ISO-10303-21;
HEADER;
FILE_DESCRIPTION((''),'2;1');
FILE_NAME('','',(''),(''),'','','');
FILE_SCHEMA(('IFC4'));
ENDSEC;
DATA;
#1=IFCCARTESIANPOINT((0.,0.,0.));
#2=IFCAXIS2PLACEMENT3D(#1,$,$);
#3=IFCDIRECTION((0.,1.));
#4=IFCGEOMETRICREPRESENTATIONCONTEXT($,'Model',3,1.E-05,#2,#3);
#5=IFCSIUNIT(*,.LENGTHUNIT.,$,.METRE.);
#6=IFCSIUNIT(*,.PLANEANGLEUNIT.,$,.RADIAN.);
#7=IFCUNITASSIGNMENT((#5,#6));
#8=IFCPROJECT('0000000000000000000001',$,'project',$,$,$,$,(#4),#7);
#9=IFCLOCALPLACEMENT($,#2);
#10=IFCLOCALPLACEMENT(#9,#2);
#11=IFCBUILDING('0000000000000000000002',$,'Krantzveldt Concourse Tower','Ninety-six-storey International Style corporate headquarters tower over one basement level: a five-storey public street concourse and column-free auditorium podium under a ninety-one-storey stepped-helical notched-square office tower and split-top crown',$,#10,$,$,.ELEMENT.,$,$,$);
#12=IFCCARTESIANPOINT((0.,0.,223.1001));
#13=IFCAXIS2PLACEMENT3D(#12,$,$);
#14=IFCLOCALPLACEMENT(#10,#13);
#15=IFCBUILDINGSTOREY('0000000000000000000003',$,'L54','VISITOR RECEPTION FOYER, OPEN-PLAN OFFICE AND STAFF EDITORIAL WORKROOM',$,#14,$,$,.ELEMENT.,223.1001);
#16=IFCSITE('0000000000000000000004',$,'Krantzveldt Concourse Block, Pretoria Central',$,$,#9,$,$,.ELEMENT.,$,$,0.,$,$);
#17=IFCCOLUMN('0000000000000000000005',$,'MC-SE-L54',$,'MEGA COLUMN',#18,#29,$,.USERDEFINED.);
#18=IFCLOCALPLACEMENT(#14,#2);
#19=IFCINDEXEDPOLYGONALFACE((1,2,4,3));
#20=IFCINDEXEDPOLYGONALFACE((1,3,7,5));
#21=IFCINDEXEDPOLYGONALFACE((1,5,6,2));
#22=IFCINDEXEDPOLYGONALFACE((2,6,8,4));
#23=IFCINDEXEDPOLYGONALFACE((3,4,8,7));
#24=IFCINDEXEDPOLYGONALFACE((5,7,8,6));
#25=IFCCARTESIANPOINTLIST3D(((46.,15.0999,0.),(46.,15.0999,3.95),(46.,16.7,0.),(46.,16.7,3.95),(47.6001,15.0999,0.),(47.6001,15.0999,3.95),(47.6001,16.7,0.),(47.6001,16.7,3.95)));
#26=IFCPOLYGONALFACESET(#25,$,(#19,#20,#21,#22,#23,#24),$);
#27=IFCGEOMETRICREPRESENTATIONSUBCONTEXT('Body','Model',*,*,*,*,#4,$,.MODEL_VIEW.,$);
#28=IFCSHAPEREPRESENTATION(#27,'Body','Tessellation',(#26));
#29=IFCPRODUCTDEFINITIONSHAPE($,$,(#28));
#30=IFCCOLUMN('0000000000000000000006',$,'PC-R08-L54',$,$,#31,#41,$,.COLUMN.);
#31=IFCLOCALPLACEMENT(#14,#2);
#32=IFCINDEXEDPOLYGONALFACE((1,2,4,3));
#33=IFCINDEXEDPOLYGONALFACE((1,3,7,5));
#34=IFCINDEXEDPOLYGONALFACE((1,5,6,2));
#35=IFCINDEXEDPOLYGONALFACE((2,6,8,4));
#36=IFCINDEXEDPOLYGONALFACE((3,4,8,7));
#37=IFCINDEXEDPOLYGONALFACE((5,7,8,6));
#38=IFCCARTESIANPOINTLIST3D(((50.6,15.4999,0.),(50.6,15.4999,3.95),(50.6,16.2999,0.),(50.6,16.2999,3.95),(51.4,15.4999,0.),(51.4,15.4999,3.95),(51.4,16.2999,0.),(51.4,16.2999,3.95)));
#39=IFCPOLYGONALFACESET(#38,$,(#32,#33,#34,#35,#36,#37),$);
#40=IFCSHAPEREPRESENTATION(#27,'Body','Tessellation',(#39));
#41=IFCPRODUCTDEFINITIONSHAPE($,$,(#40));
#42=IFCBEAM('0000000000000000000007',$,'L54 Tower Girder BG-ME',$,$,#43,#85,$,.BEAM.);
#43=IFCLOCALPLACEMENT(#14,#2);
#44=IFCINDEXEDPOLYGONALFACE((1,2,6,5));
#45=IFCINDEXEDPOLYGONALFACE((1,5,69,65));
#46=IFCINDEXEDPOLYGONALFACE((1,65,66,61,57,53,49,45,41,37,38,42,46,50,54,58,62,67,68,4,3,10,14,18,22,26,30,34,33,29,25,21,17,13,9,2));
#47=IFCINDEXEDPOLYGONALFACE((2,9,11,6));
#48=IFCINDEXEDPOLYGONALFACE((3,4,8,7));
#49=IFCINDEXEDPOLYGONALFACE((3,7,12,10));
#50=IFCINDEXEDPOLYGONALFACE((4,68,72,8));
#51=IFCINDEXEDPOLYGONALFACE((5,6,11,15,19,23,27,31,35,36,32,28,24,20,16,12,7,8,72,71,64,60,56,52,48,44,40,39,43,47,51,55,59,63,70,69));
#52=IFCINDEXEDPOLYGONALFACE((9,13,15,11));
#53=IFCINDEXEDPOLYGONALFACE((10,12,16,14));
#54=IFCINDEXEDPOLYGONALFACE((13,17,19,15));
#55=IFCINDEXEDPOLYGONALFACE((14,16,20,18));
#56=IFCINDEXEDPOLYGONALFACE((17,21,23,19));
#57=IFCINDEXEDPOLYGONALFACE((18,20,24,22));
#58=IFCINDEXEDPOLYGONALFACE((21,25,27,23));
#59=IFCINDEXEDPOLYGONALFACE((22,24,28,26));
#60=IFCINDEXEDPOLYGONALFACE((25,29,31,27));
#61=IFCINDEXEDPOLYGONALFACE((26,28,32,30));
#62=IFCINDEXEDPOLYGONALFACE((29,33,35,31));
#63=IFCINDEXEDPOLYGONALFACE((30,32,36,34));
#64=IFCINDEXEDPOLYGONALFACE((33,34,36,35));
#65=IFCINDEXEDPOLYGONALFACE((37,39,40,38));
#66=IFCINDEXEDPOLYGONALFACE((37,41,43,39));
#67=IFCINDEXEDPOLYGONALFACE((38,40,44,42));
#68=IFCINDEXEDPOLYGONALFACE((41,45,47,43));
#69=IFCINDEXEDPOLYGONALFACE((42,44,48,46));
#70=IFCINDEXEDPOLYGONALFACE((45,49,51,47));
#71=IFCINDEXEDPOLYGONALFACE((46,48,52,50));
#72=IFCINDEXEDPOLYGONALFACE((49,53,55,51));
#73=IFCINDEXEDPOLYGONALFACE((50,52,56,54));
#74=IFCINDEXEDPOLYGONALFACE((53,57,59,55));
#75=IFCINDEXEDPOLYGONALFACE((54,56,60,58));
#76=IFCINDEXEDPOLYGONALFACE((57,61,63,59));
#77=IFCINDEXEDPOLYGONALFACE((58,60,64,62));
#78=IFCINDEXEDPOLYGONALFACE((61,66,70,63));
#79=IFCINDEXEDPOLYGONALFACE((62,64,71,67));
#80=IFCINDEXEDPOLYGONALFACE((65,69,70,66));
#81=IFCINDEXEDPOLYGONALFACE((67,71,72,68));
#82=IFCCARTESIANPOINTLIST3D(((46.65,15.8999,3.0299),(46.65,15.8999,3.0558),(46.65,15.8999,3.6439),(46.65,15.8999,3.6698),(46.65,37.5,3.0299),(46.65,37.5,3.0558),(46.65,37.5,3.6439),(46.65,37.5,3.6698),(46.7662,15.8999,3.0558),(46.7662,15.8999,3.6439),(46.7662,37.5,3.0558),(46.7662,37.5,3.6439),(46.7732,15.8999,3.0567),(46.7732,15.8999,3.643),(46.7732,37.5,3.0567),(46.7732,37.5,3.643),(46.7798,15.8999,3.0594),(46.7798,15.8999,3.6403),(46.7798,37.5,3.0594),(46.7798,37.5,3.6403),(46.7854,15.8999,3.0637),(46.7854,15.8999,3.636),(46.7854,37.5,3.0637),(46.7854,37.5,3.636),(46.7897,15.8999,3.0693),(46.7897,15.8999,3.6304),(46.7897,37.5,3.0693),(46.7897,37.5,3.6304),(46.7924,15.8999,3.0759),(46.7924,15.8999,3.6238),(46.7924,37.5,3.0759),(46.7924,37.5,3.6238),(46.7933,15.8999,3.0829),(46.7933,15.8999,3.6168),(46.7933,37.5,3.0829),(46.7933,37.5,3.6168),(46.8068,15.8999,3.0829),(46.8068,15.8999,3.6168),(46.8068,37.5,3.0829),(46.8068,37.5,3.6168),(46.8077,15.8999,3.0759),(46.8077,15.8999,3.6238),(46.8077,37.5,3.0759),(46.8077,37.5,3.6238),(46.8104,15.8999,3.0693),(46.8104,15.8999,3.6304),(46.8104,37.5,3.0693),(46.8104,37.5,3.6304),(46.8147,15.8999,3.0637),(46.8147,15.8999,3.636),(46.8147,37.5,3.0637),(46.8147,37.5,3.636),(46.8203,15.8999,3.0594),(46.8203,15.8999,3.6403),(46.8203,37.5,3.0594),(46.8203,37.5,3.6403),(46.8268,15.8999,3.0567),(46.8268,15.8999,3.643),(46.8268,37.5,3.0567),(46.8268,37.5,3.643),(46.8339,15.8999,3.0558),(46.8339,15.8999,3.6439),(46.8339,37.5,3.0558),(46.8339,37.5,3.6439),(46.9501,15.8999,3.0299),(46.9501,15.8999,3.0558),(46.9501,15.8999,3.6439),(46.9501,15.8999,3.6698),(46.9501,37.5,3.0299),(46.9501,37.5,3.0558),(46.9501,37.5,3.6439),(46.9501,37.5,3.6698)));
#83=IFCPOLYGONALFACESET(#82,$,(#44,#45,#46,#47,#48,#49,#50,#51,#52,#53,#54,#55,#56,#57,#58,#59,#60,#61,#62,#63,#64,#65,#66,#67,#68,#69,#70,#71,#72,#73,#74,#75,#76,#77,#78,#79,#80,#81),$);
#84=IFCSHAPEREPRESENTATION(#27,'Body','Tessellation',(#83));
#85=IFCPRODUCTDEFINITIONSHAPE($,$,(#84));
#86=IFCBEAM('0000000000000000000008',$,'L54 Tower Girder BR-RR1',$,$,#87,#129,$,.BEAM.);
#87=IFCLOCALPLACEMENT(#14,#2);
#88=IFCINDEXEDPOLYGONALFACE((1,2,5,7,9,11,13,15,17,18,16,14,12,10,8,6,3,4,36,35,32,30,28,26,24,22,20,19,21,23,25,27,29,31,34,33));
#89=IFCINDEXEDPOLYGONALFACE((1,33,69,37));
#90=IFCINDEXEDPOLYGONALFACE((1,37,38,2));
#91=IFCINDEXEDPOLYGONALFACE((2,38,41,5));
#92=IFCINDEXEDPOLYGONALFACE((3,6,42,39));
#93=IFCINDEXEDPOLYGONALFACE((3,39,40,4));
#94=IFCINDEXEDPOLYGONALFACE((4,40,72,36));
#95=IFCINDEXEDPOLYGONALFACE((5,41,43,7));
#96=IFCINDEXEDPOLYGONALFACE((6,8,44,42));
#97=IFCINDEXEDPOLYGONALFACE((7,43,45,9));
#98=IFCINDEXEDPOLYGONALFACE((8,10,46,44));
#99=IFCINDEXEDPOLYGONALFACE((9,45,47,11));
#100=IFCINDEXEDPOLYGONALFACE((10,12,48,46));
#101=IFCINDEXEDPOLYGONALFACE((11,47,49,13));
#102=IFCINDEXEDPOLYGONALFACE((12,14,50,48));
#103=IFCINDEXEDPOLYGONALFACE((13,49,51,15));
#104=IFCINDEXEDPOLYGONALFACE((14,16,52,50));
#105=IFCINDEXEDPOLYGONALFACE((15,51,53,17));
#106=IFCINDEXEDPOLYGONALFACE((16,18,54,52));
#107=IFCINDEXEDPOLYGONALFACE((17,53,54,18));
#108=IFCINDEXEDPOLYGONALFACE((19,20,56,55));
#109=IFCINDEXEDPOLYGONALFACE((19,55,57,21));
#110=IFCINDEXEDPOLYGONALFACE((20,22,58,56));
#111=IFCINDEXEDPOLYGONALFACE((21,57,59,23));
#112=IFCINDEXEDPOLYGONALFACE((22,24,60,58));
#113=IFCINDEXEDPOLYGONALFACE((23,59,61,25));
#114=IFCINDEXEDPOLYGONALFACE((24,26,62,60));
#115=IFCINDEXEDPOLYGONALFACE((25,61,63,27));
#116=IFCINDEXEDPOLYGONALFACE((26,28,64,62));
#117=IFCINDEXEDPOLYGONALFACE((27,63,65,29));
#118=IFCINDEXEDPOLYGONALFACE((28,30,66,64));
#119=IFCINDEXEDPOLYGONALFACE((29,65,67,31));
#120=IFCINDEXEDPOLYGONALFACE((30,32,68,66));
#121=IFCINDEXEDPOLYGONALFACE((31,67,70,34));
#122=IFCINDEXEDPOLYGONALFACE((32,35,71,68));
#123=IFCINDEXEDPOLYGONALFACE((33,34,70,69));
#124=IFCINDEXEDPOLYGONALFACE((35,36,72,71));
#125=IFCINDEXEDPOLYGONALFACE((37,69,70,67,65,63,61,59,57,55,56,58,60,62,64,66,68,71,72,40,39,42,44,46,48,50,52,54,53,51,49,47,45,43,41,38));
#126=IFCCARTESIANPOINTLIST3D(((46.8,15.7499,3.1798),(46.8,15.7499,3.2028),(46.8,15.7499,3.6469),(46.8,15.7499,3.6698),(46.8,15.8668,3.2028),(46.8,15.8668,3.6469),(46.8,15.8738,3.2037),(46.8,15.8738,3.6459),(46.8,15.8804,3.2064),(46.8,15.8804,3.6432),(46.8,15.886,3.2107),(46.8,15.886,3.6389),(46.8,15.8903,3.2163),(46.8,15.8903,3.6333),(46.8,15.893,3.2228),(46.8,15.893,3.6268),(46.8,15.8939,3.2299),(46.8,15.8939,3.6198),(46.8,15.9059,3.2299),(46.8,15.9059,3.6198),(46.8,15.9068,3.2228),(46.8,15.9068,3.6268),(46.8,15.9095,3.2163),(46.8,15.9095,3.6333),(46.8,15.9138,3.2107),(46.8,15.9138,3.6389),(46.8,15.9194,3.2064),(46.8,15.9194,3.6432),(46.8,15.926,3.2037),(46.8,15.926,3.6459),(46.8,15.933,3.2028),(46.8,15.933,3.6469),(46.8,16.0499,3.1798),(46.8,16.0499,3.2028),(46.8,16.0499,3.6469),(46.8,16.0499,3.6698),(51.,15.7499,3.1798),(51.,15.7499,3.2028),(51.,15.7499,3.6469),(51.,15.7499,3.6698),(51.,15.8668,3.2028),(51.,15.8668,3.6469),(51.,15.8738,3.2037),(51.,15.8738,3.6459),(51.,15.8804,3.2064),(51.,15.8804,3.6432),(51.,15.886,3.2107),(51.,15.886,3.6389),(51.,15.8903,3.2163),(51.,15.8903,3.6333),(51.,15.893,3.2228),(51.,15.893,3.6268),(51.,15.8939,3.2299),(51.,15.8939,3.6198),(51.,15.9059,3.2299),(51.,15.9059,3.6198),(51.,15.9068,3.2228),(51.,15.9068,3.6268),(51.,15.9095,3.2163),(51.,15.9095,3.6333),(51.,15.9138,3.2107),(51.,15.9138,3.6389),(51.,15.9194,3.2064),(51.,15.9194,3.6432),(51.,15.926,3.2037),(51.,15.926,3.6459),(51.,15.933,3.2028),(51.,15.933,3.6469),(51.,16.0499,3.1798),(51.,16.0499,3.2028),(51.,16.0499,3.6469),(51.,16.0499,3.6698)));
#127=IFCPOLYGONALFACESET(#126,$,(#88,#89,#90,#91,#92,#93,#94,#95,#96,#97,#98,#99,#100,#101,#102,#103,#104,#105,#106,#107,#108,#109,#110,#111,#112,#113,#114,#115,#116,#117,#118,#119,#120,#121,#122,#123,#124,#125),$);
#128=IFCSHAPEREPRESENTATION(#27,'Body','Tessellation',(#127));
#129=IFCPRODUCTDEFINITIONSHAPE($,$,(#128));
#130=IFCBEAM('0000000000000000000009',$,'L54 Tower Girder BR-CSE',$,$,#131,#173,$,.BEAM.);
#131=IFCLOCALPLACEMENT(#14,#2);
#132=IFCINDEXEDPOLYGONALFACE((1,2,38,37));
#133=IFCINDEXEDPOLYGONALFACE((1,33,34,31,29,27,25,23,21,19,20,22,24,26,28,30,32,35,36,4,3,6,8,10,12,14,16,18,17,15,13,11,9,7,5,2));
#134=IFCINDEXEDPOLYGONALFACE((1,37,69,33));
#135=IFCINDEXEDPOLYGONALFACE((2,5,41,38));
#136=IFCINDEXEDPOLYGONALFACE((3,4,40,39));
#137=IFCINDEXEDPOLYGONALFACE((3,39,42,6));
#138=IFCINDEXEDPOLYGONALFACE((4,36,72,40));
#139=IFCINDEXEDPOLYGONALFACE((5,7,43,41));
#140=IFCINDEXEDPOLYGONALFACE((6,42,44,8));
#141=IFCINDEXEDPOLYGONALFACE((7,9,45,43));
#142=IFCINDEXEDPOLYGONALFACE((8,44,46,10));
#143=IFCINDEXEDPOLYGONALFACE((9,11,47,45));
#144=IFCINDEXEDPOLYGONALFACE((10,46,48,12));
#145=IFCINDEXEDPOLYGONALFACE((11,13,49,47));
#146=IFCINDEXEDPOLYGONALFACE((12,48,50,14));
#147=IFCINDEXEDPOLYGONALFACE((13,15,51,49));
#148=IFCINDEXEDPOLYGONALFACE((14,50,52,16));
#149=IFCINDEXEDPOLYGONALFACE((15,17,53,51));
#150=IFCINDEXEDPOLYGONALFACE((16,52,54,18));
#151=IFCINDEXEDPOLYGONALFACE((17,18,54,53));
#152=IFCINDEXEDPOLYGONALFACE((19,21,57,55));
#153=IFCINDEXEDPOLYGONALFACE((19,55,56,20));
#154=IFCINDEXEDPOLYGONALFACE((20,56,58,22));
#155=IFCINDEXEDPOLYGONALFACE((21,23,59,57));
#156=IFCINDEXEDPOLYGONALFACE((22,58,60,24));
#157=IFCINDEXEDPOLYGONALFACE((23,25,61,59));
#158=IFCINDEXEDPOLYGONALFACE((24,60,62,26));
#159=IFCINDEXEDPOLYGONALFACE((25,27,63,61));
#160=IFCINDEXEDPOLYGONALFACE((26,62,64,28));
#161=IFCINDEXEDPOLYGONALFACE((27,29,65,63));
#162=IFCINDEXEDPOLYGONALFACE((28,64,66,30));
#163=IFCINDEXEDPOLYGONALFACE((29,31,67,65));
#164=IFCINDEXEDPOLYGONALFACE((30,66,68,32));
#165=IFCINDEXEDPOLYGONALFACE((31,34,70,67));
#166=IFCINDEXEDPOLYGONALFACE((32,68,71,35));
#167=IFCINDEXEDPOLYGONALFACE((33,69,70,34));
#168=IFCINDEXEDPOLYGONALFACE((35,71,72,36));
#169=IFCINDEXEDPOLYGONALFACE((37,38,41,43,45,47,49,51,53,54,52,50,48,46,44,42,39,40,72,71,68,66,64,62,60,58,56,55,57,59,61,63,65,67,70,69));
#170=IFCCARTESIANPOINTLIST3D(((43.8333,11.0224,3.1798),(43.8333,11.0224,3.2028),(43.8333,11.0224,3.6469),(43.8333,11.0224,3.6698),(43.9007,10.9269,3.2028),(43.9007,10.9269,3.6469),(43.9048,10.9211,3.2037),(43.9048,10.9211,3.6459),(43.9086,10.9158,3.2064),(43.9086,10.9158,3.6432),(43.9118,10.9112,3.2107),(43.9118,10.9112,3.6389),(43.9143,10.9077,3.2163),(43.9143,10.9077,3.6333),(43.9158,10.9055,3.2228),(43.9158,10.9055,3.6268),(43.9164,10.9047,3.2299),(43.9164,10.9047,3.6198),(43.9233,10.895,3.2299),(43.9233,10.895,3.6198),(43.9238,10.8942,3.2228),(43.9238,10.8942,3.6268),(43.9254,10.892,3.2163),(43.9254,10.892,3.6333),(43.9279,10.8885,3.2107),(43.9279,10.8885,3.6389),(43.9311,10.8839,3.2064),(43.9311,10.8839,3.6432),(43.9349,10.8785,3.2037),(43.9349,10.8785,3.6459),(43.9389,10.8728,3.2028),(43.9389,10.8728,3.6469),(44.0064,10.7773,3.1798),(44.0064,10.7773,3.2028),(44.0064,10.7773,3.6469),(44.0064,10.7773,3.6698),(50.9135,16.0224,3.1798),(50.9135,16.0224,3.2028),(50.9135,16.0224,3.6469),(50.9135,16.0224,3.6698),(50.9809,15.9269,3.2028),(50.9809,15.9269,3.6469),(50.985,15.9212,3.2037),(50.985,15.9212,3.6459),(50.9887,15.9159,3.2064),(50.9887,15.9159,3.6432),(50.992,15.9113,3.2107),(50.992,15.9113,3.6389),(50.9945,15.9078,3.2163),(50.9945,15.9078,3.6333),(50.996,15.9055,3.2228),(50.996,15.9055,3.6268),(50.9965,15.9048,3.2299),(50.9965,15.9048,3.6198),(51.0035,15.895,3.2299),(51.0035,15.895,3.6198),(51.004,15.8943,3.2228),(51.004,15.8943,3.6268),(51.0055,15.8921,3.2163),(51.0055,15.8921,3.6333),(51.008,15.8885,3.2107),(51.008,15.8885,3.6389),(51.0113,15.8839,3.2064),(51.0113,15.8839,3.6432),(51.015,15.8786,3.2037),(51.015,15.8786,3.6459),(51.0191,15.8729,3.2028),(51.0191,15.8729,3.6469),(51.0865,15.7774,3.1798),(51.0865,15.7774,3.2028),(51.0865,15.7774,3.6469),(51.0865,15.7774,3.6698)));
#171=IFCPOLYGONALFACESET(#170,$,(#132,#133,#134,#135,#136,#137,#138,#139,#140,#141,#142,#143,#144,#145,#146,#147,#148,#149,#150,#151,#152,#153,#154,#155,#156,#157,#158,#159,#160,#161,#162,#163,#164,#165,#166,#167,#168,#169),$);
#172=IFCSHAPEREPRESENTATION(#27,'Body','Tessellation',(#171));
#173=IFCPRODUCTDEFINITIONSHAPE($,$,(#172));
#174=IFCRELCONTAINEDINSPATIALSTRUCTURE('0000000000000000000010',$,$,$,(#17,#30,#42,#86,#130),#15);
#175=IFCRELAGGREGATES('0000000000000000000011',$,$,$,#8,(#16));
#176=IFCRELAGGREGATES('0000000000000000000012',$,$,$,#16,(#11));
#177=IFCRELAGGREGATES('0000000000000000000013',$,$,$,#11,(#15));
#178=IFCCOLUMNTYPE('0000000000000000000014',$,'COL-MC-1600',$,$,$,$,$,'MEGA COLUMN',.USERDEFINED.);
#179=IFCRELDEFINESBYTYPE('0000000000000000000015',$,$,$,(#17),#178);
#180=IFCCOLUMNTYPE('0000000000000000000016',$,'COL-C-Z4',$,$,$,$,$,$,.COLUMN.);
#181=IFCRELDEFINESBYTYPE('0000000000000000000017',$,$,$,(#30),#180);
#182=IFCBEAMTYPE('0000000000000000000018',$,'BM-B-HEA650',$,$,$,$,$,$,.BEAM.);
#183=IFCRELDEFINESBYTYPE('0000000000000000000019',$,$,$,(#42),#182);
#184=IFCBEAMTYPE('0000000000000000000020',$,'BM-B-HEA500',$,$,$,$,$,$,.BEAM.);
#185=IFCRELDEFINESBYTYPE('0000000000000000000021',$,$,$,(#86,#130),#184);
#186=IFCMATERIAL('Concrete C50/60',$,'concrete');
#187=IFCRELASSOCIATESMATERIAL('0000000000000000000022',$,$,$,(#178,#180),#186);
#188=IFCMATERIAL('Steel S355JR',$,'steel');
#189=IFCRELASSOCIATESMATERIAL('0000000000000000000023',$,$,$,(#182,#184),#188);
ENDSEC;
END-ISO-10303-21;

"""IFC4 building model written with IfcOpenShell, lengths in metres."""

from ifc_helpers import new_model, si_unit, direction, frame, origin, origin_2d, place, context, subcontext, project, spatial, rectangle, i_section, extrude, source, transform, mapped, material, material_profile, profile_set, type_object, type_shapes, element, save


model = new_model("IFC4")

# Units and contexts
model_context = context("Model", 3, precision=1e-05, world=origin(), true_north=direction((0.0, 1.0)))
body_context = subcontext(model_context, "Body", "Model", "MODEL_VIEW")
ifc_project = project(units=[si_unit("LENGTHUNIT", "METRE"), si_unit("PLANEANGLEUNIT", "RADIAN")], contexts=[model_context])

# Site, building, storey
site_placement = place(None, origin())
site = spatial("IfcSite", under=ifc_project, at=site_placement, Name="Krantzveldt Concourse Block, Pretoria Central", CompositionType="ELEMENT", RefElevation=0.0)
building_placement = place(site_placement, origin())
building = spatial("IfcBuilding", under=site, at=building_placement, Name="Krantzveldt Concourse Tower", Description="Ninety-six-storey International Style corporate headquarters tower over one basement level: a five-storey public street concourse and column-free auditorium podium under a ninety-one-storey stepped-helical notched-square office tower and split-top crown", CompositionType="ELEMENT")
storey_placement = place(building_placement, frame((0.0, 0.0, 223.1001)))
storey = spatial("IfcBuildingStorey", under=building, at=storey_placement, Name="L54", Description="VISITOR RECEPTION FOYER, OPEN-PLAN OFFICE AND STAFF EDITORIAL WORKROOM", CompositionType="ELEMENT", Elevation=223.1001)

# Columns
ifc_material_1 = material(Name="Concrete C50/60", Category="concrete")
ifc_material_profile_1 = material_profile(ifc_material_1, rectangle(XDim=1.6001, YDim=1.6001, at=origin_2d()), Name="Concrete C50/60", Category="concrete")
ifc_profile_set_1 = profile_set([ifc_material_profile_1], Name="Concrete C50/60 - RC 1600x1600")
column_type_1 = type_object("IfcColumnType", Name="COL-MC-1600", ElementType="MEGA COLUMN", PredefinedType="USERDEFINED", material=ifc_profile_set_1)
shared_shape_1 = source(origin(), body_context, "Body", "SweptSolid", [
    extrude(rectangle(XDim=1.6001, YDim=1.6001, at=origin_2d()), origin(), (0.0, 0.0, 1.0), 3.95),
])
type_shapes(column_type_1, [shared_shape_1])
column_1_placement = place(storey_placement, frame((46.8, 15.8999, 0.0), z_axis=(0.0, 0.0, 1.0), x_axis=(1.0, 0.0, 0.0)))
element("IfcColumn", 1, at=column_1_placement, inside=storey, type_object=column_type_1, Name="MC-SE-L54", ObjectType="MEGA COLUMN", PredefinedType="USERDEFINED", context=body_context, shape_type="MappedRepresentation", body=[
    mapped(shared_shape_1, transform((0.0, 0.0, 0.0), x_axis=(1.0, 0.0, 0.0), y_axis=(0.0, 1.0, 0.0), z_axis=(0.0, 0.0, 1.0), scale=1.0)),
])
ifc_material_profile_2 = material_profile(ifc_material_1, rectangle(XDim=0.8, YDim=0.8, at=origin_2d()), Name="Concrete C50/60", Category="concrete")
ifc_profile_set_2 = profile_set([ifc_material_profile_2], Name="Concrete C50/60 - RC 800x800")
column_type_2 = type_object("IfcColumnType", Name="COL-C-Z4", PredefinedType="COLUMN", material=ifc_profile_set_2)
shared_shape_2 = source(origin(), body_context, "Body", "SweptSolid", [
    extrude(rectangle(XDim=0.8, YDim=0.8, at=origin_2d()), origin(), (0.0, 0.0, 1.0), 3.95),
])
type_shapes(column_type_2, [shared_shape_2])
column_2_placement = place(storey_placement, frame((51.0, 15.8999, 0.0), z_axis=(0.0, 0.0, 1.0), x_axis=(1.0, 0.0, 0.0)))
element("IfcColumn", 2, at=column_2_placement, inside=storey, type_object=column_type_2, Name="PC-R08-L54", PredefinedType="COLUMN", context=body_context, shape_type="MappedRepresentation", body=[
    mapped(shared_shape_2, transform((0.0, 0.0, 0.0), x_axis=(1.0, 0.0, 0.0), y_axis=(0.0, 1.0, 0.0), z_axis=(0.0, 0.0, 1.0), scale=1.0)),
])

# Beams
ifc_material_2 = material(Name="Steel S355JR", Category="steel")
ifc_material_profile_3 = material_profile(ifc_material_2, i_section(OverallWidth=0.3, OverallDepth=0.6399, WebThickness=0.0134, FlangeThickness=0.0259, FilletRadius=0.0271, at=origin_2d()), Name="Steel S355JR", Category="steel")
ifc_profile_set_3 = profile_set([ifc_material_profile_3], Name="Steel S355JR - HEA 650")
beam_type_1 = type_object("IfcBeamType", Name="BM-B-HEA650", PredefinedType="BEAM", material=ifc_profile_set_3)
shared_shape_3 = source(origin(), body_context, "Body", "SweptSolid", [
    extrude(i_section(OverallWidth=0.3, OverallDepth=0.6399, WebThickness=0.0134, FlangeThickness=0.0259, FilletRadius=0.0271, at=origin_2d()), origin(), (0.0, 0.0, 1.0), 21.6001),
])
type_shapes(beam_type_1, [shared_shape_3])
beam_1_placement = place(storey_placement, frame((46.8, 15.8999, 3.3499), z_axis=(0.0, 1.0, 0.0), x_axis=(-1.0, 0.0, 0.0)))
element("IfcBeam", 3, at=beam_1_placement, inside=storey, type_object=beam_type_1, Name="L54 Tower Girder BG-ME", PredefinedType="BEAM", context=body_context, shape_type="MappedRepresentation", body=[
    mapped(shared_shape_3, transform((0.0, 0.0, 0.0), x_axis=(1.0, 0.0, 0.0), y_axis=(0.0, 1.0, 0.0), z_axis=(0.0, 0.0, 1.0), scale=1.0)),
])
ifc_material_profile_4 = material_profile(ifc_material_2, i_section(OverallWidth=0.3, OverallDepth=0.49, WebThickness=0.012, FlangeThickness=0.0229, FilletRadius=0.0271, at=origin_2d()), Name="Steel S355JR", Category="steel")
ifc_profile_set_4 = profile_set([ifc_material_profile_4], Name="Steel S355JR - HEA 500")
beam_type_2 = type_object("IfcBeamType", Name="BM-B-HEA500", PredefinedType="BEAM", material=ifc_profile_set_4)
shared_shape_4 = source(origin(), body_context, "Body", "SweptSolid", [
    extrude(i_section(OverallWidth=0.3, OverallDepth=0.49, WebThickness=0.012, FlangeThickness=0.0229, FilletRadius=0.0271, at=origin_2d()), origin(), (0.0, 0.0, 1.0), 4.2),
])
beam_2_placement = place(storey_placement, frame((46.8, 15.8999, 3.4248), z_axis=(1.0, 0.0, 0.0), x_axis=(0.0, 1.0, 0.0)))
element("IfcBeam", 4, at=beam_2_placement, inside=storey, type_object=beam_type_2, Name="L54 Tower Girder BR-RR1", PredefinedType="BEAM", context=body_context, shape_type="MappedRepresentation", body=[
    mapped(shared_shape_4, transform((0.0, 0.0, 0.0), x_axis=(1.0, 0.0, 0.0), y_axis=(0.0, 1.0, 0.0), z_axis=(0.0, 0.0, 1.0), scale=1.0)),
])
shared_shape_5 = source(origin(), body_context, "Body", "SweptSolid", [
    extrude(i_section(OverallWidth=0.3, OverallDepth=0.49, WebThickness=0.012, FlangeThickness=0.0229, FilletRadius=0.0271, at=origin_2d()), origin(), (0.0, 0.0, 1.0), 8.6677),
])
type_shapes(beam_type_2, [shared_shape_4, shared_shape_5])
beam_3_placement = place(storey_placement, frame((51.0, 15.8999, 3.4248), z_axis=(-0.816843, -0.57686, 0.0), x_axis=(0.57686, -0.816843, 0.0)))
element("IfcBeam", 5, at=beam_3_placement, inside=storey, type_object=beam_type_2, Name="L54 Tower Girder BR-CSE", PredefinedType="BEAM", context=body_context, shape_type="MappedRepresentation", body=[
    mapped(shared_shape_5, transform((0.0, 0.0, 0.0), x_axis=(1.0, 0.0, 0.0), y_axis=(0.0, 1.0, 0.0), z_axis=(0.0, 0.0, 1.0), scale=1.0)),
])

save(model, "model.ifc")
